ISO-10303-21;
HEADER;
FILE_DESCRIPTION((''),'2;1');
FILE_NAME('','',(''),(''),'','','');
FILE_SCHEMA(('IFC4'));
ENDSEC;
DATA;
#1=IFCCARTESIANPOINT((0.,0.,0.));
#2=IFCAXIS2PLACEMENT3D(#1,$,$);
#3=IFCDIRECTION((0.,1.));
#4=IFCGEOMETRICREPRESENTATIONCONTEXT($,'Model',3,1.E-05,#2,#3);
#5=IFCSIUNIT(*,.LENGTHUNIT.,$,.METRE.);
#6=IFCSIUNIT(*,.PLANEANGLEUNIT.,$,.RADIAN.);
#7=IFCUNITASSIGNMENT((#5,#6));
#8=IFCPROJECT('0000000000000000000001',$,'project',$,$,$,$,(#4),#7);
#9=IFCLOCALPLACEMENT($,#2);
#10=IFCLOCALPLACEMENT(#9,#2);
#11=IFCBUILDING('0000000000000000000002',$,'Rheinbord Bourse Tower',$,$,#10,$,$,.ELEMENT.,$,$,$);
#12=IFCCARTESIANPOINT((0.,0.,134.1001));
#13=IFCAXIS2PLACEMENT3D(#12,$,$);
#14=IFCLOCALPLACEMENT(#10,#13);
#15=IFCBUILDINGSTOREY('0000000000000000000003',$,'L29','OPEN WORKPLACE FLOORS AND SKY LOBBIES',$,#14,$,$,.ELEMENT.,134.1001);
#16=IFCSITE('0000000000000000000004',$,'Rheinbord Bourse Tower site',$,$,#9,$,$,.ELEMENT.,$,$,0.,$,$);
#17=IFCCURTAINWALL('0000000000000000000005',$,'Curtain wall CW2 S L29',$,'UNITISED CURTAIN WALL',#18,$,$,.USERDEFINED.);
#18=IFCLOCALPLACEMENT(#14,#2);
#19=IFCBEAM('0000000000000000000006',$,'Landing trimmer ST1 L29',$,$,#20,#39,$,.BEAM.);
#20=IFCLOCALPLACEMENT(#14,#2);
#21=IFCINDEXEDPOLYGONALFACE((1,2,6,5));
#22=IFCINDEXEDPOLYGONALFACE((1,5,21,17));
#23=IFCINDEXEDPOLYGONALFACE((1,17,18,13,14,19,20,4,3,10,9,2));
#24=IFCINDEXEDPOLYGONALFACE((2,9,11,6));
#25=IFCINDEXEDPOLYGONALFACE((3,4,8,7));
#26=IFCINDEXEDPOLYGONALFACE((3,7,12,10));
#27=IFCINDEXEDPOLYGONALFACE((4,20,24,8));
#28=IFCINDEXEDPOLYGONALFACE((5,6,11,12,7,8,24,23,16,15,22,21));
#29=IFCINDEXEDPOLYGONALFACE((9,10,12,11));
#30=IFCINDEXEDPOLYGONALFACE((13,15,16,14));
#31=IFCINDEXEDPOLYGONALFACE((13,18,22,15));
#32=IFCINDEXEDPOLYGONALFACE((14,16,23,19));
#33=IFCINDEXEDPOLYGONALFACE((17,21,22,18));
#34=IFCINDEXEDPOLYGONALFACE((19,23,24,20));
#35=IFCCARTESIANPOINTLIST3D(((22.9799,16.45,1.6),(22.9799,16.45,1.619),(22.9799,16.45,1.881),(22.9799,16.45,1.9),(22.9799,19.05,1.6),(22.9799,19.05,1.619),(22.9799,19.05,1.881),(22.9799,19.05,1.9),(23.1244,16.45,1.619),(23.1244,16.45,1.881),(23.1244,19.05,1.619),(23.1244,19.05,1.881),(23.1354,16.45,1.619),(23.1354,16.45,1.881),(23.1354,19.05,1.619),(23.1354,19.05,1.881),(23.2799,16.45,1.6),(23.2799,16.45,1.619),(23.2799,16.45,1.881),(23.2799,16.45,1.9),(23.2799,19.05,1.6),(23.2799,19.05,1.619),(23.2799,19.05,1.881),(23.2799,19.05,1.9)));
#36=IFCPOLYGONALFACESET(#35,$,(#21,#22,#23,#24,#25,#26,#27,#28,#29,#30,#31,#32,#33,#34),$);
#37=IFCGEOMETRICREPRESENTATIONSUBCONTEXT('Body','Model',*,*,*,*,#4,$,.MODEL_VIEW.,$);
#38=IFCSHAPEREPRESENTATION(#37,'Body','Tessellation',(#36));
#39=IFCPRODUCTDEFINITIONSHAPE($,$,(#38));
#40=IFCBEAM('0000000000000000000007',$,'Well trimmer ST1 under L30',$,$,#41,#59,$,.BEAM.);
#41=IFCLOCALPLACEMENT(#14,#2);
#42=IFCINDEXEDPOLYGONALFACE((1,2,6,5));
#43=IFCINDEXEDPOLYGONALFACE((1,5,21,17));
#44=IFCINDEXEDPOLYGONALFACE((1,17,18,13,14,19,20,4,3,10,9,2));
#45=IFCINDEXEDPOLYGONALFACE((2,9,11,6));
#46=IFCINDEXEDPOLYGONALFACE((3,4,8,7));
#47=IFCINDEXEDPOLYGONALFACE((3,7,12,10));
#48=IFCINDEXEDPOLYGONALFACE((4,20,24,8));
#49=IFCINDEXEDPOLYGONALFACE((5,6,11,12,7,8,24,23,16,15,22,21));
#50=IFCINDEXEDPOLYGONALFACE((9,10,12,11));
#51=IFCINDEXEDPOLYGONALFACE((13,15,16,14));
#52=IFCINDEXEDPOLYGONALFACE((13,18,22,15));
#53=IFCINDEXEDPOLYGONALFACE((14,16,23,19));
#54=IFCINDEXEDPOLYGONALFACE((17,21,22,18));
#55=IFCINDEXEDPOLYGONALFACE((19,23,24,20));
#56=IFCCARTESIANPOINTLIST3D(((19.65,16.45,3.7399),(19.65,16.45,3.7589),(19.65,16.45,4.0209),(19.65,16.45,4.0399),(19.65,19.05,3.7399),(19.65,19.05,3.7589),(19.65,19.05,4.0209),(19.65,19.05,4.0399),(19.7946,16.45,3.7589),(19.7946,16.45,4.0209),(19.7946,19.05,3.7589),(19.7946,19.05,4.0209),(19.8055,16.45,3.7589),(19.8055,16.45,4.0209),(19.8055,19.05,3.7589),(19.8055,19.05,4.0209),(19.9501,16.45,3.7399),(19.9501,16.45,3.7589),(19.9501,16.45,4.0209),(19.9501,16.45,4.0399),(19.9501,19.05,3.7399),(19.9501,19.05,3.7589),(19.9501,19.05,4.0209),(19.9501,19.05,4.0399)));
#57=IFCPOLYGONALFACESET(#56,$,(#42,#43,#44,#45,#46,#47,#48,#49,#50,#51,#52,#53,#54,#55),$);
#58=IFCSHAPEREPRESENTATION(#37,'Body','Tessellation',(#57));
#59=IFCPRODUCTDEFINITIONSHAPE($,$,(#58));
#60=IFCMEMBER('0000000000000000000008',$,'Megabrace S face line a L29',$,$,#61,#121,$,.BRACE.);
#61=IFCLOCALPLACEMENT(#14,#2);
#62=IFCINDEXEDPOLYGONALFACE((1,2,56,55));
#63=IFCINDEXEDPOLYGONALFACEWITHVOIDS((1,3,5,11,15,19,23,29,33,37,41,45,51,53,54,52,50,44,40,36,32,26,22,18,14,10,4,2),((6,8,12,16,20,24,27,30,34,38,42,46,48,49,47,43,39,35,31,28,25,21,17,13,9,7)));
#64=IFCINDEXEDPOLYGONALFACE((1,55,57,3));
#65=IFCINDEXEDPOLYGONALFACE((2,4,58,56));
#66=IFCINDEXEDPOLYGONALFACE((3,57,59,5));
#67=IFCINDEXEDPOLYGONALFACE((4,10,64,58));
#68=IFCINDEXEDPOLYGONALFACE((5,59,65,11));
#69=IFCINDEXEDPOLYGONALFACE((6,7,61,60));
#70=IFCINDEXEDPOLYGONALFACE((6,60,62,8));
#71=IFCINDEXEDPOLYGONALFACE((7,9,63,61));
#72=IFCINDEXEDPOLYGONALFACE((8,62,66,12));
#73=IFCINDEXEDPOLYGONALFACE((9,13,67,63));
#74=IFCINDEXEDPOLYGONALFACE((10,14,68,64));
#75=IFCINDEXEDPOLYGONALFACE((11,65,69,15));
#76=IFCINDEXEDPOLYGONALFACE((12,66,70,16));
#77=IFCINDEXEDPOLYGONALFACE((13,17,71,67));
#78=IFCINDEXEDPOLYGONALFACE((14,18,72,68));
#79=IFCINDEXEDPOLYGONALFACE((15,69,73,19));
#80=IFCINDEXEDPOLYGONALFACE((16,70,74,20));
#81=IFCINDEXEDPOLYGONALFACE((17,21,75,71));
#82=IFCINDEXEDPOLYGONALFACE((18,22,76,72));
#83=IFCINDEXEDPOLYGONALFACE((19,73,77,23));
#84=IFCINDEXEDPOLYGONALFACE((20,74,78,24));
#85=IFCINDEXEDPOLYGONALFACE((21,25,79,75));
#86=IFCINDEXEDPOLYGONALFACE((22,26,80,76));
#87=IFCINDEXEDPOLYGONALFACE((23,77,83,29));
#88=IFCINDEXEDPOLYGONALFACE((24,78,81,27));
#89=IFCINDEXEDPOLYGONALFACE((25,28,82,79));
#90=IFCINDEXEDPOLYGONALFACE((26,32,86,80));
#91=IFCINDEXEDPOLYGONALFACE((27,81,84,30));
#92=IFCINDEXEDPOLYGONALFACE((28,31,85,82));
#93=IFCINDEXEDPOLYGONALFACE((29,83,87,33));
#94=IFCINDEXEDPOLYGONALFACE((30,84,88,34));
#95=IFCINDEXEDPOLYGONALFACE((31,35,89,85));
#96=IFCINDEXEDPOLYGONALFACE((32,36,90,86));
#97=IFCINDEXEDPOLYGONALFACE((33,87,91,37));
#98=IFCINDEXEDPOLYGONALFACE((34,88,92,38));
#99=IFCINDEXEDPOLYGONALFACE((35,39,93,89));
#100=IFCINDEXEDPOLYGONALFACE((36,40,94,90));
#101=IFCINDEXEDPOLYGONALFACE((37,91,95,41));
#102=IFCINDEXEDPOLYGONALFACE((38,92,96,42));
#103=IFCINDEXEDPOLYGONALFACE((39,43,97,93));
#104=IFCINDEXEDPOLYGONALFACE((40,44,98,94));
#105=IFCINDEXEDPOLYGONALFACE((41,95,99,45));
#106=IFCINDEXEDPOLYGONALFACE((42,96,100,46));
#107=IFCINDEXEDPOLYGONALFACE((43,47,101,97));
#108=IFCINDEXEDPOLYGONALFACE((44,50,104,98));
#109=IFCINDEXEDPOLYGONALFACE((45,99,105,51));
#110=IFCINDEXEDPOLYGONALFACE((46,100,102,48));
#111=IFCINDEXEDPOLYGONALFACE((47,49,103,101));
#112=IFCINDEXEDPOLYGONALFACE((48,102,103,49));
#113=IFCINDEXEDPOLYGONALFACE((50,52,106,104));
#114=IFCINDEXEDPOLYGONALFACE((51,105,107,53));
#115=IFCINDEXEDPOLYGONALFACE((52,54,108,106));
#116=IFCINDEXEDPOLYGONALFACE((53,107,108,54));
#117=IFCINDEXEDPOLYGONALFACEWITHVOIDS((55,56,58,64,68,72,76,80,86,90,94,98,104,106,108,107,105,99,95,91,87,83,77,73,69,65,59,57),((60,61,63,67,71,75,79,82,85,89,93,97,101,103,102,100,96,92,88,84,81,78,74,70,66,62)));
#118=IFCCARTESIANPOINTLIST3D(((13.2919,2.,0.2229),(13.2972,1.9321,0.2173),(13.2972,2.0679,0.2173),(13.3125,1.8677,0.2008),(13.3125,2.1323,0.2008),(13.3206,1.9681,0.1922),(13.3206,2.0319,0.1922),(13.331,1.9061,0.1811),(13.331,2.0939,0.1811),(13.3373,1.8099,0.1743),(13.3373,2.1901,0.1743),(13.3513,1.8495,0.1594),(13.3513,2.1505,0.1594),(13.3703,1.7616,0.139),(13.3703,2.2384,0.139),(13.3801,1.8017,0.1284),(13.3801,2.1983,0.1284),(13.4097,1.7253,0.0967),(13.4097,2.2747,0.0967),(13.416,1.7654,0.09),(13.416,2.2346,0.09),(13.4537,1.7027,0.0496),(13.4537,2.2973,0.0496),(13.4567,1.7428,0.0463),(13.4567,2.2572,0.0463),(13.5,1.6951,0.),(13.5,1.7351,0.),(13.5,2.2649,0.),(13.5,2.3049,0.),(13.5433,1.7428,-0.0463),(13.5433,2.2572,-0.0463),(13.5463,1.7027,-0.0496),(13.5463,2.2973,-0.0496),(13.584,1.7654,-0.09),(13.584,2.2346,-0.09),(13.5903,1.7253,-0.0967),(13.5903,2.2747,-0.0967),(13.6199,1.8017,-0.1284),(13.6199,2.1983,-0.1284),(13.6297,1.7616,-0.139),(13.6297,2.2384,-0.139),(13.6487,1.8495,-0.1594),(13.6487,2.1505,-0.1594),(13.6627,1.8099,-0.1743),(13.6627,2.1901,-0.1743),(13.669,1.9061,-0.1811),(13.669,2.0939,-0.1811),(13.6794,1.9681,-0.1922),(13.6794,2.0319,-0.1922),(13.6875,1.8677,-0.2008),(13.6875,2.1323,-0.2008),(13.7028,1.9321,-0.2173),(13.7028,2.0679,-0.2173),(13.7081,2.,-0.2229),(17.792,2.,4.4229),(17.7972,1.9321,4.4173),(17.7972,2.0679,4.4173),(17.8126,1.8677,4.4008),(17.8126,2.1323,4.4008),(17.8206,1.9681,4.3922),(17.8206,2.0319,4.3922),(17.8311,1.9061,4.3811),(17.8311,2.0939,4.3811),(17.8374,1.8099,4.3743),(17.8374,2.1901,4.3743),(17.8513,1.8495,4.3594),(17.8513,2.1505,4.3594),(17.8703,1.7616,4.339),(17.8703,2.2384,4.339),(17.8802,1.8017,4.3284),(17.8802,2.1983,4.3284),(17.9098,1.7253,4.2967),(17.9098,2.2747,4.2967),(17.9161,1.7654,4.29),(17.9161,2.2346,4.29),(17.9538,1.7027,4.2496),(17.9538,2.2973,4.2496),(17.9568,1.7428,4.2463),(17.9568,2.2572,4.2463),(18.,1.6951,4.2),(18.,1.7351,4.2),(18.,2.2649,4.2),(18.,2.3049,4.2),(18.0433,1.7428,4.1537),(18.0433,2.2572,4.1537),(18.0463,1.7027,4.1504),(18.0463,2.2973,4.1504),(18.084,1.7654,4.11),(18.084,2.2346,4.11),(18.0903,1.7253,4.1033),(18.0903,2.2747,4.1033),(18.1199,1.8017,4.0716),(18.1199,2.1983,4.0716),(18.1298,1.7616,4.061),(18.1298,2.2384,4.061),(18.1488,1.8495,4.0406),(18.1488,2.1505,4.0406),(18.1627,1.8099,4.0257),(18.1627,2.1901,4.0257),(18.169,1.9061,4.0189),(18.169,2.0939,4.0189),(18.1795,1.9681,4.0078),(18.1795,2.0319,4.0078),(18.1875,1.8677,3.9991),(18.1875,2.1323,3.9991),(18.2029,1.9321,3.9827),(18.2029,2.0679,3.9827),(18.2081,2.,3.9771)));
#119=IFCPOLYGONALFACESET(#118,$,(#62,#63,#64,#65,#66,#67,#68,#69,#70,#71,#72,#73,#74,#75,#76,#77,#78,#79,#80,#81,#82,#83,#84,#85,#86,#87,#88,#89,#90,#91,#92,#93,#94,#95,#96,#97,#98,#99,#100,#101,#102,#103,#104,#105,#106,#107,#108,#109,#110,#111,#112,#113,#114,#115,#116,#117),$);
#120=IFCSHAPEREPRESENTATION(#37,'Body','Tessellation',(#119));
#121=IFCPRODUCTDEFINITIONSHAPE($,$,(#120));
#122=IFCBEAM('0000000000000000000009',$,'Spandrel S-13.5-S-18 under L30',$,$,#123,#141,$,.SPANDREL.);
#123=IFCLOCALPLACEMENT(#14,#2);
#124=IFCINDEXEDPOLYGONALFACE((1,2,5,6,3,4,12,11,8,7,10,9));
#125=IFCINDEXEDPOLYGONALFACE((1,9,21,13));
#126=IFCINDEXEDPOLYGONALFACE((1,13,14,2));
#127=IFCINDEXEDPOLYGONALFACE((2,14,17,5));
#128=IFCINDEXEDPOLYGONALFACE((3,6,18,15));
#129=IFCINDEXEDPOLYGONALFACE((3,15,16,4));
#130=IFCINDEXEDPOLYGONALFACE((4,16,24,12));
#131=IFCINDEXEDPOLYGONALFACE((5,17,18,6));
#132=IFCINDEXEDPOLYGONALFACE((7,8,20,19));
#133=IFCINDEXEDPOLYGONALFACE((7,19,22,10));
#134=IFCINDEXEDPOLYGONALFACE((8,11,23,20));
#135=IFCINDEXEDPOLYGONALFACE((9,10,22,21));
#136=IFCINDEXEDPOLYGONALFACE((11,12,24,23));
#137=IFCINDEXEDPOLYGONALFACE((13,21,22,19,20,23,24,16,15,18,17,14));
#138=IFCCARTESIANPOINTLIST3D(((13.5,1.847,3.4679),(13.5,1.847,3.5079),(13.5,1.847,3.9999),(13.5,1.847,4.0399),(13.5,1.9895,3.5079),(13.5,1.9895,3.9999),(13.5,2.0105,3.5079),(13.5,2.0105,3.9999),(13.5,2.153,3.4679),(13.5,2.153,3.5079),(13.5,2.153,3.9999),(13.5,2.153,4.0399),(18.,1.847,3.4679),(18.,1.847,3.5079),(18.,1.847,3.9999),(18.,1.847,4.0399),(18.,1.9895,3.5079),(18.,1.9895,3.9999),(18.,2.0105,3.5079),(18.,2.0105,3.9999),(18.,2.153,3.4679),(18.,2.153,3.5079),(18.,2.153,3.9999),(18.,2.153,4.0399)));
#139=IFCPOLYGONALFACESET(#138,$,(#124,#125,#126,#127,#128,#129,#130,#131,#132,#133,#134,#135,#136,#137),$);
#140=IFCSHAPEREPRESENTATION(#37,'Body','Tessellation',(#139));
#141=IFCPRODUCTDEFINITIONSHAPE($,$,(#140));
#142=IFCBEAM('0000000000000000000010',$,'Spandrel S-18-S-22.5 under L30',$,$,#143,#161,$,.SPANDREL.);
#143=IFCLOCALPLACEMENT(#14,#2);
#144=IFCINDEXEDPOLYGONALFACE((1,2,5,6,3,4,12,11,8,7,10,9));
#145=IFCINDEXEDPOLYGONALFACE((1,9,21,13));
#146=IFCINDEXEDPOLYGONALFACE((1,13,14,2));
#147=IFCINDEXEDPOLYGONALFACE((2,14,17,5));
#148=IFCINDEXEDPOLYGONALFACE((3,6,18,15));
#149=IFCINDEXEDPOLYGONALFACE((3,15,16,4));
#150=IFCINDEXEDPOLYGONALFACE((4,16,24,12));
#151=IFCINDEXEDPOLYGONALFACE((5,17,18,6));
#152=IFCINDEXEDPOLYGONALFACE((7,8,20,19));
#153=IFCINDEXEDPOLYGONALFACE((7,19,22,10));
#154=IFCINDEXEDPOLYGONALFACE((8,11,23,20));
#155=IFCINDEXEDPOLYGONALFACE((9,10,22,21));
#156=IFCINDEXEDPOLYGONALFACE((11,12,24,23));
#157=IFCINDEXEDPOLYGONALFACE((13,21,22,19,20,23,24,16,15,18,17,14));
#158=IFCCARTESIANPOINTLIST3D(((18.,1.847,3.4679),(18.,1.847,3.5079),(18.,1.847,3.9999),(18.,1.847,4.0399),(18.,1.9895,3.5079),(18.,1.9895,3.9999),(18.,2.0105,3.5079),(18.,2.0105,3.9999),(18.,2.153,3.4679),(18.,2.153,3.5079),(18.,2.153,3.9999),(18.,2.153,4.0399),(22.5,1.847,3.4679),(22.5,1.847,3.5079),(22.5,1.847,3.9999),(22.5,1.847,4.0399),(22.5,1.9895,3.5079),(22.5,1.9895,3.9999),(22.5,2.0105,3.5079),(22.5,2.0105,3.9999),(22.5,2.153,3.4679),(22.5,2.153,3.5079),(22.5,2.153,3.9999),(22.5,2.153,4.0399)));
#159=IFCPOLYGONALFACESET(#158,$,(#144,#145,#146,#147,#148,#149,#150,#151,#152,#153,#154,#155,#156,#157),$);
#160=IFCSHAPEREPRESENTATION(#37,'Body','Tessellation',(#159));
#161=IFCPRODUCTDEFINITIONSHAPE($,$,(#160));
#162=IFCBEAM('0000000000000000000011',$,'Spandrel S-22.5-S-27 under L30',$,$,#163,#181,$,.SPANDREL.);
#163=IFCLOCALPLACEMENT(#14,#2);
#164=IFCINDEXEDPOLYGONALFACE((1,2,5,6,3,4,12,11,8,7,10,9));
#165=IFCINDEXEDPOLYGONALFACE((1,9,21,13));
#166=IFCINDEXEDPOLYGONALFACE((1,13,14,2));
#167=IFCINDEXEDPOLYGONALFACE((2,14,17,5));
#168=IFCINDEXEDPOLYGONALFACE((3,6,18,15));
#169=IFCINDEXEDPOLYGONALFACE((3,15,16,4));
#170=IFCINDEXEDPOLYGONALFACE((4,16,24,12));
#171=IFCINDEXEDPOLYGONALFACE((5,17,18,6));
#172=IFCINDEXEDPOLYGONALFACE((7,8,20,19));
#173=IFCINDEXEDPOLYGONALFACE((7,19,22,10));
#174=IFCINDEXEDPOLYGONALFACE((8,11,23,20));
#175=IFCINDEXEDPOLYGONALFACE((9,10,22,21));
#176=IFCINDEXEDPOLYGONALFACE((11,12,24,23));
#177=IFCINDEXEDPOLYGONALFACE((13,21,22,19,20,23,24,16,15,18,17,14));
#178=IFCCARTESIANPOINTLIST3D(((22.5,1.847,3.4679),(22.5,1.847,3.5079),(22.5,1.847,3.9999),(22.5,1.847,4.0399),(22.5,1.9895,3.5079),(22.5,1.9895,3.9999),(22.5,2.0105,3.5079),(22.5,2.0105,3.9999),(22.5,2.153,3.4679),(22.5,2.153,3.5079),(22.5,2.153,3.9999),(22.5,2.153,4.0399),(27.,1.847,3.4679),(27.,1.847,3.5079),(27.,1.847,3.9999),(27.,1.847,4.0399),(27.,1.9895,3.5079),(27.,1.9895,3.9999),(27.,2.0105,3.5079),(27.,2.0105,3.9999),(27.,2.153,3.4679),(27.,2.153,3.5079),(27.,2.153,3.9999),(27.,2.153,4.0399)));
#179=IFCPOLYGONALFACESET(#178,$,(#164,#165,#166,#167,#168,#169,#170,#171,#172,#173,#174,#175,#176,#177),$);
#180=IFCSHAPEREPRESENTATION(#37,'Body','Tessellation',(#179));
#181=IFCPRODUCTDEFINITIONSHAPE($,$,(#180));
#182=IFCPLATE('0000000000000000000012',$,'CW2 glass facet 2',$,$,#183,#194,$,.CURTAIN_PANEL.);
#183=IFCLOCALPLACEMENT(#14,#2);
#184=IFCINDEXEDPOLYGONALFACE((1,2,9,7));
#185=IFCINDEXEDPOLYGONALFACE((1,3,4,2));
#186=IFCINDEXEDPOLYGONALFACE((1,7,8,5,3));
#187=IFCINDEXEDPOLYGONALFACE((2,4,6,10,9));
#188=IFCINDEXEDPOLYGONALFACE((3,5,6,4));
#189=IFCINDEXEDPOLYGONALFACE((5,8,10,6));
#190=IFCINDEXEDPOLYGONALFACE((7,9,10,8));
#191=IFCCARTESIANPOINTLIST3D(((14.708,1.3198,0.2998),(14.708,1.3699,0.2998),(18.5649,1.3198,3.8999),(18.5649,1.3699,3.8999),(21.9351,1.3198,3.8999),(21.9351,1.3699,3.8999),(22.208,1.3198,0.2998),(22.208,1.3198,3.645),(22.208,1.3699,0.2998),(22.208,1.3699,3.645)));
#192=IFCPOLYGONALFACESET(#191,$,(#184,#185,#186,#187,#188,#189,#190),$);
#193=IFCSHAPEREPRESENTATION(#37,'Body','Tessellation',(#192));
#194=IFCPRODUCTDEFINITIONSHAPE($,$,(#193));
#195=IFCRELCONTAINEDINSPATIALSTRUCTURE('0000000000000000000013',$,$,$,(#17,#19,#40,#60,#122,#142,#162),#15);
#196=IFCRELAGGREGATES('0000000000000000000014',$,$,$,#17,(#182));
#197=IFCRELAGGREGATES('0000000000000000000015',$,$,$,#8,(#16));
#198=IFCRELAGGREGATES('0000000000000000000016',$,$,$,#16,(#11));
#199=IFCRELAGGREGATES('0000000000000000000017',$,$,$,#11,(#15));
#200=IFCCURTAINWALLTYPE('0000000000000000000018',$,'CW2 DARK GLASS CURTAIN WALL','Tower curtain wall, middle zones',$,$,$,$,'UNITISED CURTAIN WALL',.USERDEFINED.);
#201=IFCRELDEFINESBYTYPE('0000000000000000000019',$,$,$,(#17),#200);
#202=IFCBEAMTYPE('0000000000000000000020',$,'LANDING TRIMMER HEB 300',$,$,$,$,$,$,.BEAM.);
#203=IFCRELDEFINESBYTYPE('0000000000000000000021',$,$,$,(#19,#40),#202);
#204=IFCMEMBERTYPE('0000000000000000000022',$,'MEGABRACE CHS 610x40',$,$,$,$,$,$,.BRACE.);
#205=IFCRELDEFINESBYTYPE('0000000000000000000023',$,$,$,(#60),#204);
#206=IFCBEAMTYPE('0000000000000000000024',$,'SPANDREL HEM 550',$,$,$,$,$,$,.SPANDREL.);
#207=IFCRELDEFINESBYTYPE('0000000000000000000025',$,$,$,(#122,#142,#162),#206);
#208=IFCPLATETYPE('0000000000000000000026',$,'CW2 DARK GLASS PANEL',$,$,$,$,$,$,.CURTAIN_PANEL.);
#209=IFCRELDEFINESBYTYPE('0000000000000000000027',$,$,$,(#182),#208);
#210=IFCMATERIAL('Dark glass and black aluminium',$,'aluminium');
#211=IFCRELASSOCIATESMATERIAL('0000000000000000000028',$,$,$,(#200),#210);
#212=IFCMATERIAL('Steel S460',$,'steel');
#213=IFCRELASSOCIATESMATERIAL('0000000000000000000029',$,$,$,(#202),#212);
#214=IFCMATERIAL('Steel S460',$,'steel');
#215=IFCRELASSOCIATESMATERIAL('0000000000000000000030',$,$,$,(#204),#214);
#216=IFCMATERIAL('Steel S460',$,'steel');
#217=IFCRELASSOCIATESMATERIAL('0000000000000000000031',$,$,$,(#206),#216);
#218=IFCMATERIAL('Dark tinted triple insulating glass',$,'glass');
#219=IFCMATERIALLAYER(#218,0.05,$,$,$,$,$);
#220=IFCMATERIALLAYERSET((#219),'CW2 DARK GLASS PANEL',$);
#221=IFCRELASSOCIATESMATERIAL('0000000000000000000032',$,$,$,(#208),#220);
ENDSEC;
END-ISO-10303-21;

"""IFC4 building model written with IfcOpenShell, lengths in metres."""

from ifc_helpers import new_model, si_unit, direction, frame, origin, origin_2d, place, context, subcontext, project, spatial, polyline, hollow_circle, i_section, outline, extrude, material, layer, layer_set, material_profile, profile_set, type_object, element, aggregate, save


model = new_model("IFC4")

# Units and contexts
model_context = context("Model", 3, precision=1e-05, world=origin(), true_north=direction((0.0, 1.0)))
body_context = subcontext(model_context, "Body", "Model", "MODEL_VIEW")
ifc_project = project(units=[si_unit("LENGTHUNIT", "METRE"), si_unit("PLANEANGLEUNIT", "RADIAN")], contexts=[model_context])

# Site, building, storey
site_placement = place(None, origin())
site = spatial("IfcSite", under=ifc_project, at=site_placement, Name="Rheinbord Bourse Tower site", CompositionType="ELEMENT", RefElevation=0.0)
building_placement = place(site_placement, origin())
building = spatial("IfcBuilding", under=site, at=building_placement, Name="Rheinbord Bourse Tower", CompositionType="ELEMENT")
storey_placement = place(building_placement, frame((0.0, 0.0, 134.1001)))
storey = spatial("IfcBuildingStorey", under=building, at=storey_placement, Name="L29", Description="OPEN WORKPLACE FLOORS AND SKY LOBBIES", CompositionType="ELEMENT", Elevation=134.1001)

# Curtain wall
ifc_material_1 = material(Name="Dark glass and black aluminium", Category="aluminium")
curtain_wall_type = type_object("IfcCurtainWallType", Name="CW2 DARK GLASS CURTAIN WALL", Description="Tower curtain wall, middle zones", ElementType="UNITISED CURTAIN WALL", PredefinedType="USERDEFINED", material=ifc_material_1)
curtain_wall_placement = place(storey_placement, origin())
curtain_wall = element("IfcCurtainWall", 1, at=curtain_wall_placement, inside=storey, type_object=curtain_wall_type, Name="Curtain wall CW2 S L29", ObjectType="UNITISED CURTAIN WALL", PredefinedType="USERDEFINED")

# Beams
ifc_material_2 = material(Name="Steel S460", Category="steel")
ifc_material_profile_1 = material_profile(ifc_material_2, i_section(OverallWidth=0.3, OverallDepth=0.3, WebThickness=0.011, FlangeThickness=0.019, at=origin_2d()), Name="HEB 300")
ifc_profile_set_1 = profile_set([ifc_material_profile_1], Name="Steel S460")
beam_type_1 = type_object("IfcBeamType", Name="LANDING TRIMMER HEB 300", PredefinedType="BEAM", material=ifc_profile_set_1)
for number, where, z_axis, x_axis, name in (
    (2, (23.1299, 16.45, 1.75), (0.0, 1.0, 0.0), (-1.0, 0.0, 0.0), "Landing trimmer ST1 L29"),
    (3, (19.8, 16.45, 3.8899), (0.0, 1.0, 0.0), (-1.0, 0.0, 0.0), "Well trimmer ST1 under L30"),
):
    element("IfcBeam", number, at=place(storey_placement, frame(where, z_axis=z_axis, x_axis=x_axis)), inside=storey, type_object=beam_type_1, Name=name, PredefinedType="BEAM", context=body_context, shape_type="SweptSolid", body=[
        extrude(i_section(OverallWidth=0.3, OverallDepth=0.3, WebThickness=0.011, FlangeThickness=0.019, at=origin_2d()), origin(), (0.0, 0.0, 1.0), 2.6001),
    ])

# Member
ifc_material_3 = material(Name="Steel S460", Category="steel")
ifc_material_profile_2 = material_profile(ifc_material_3, hollow_circle(Radius=0.3049, WallThickness=0.04, at=origin_2d()), Name="CHS 610x40")
ifc_profile_set_2 = profile_set([ifc_material_profile_2], Name="Steel S460")
member_type_1 = type_object("IfcMemberType", Name="MEGABRACE CHS 610x40", PredefinedType="BRACE", material=ifc_profile_set_2)
member_1_placement = place(storey_placement, frame((13.5, 2.0, 0.0), z_axis=(0.731059, 0.0, 0.682314), x_axis=(0.0, 1.0, 0.0)))
element("IfcMember", 4, at=member_1_placement, inside=storey, type_object=member_type_1, Name="Megabrace S face line a L29", PredefinedType="BRACE", context=body_context, shape_type="SweptSolid", body=[
    extrude(hollow_circle(Radius=0.3049, WallThickness=0.04, at=origin_2d()), origin(), (0.0, 0.0, 1.0), 6.1555),
])

# Beams
ifc_material_4 = material(Name="Steel S460", Category="steel")
ifc_material_profile_3 = material_profile(ifc_material_4, i_section(OverallWidth=0.3059, OverallDepth=0.572, WebThickness=0.021, FlangeThickness=0.04, at=origin_2d()), Name="HEM 550")
ifc_profile_set_3 = profile_set([ifc_material_profile_3], Name="Steel S460")
beam_type_2 = type_object("IfcBeamType", Name="SPANDREL HEM 550", PredefinedType="SPANDREL", material=ifc_profile_set_3)
for number, where, z_axis, x_axis, name in (
    (5, (13.5, 2.0, 3.7539), (1.0, 0.0, 0.0), (0.0, 1.0, 0.0), "Spandrel S-13.5-S-18 under L30"),
    (6, (18.0, 2.0, 3.7539), (1.0, 0.0, 0.0), (0.0, 1.0, 0.0), "Spandrel S-18-S-22.5 under L30"),
    (7, (22.5, 2.0, 3.7539), (1.0, 0.0, 0.0), (0.0, 1.0, 0.0), "Spandrel S-22.5-S-27 under L30"),
):
    element("IfcBeam", number, at=place(storey_placement, frame(where, z_axis=z_axis, x_axis=x_axis)), inside=storey, type_object=beam_type_2, Name=name, PredefinedType="SPANDREL", context=body_context, shape_type="SweptSolid", body=[
        extrude(i_section(OverallWidth=0.3059, OverallDepth=0.572, WebThickness=0.021, FlangeThickness=0.04, at=origin_2d()), origin(), (0.0, 0.0, 1.0), 4.5),
    ])

# Plate
ifc_material_5 = material(Name="Dark tinted triple insulating glass", Category="glass")
ifc_layer_1 = layer(ifc_material_5, 0.05)
ifc_layer_set_1 = layer_set([ifc_layer_1], Name="CW2 DARK GLASS PANEL")
plate_type = type_object("IfcPlateType", Name="CW2 DARK GLASS PANEL", PredefinedType="CURTAIN_PANEL", material=ifc_layer_set_1)
plate_1_placement = place(storey_placement, frame((22.208, 1.3198, 0.2998), z_axis=(0.0, 1.0, 0.0), x_axis=(-1.0, 0.0, 0.0)))
plate_1 = element("IfcPlate", 8, at=plate_1_placement, type_object=plate_type, Name="CW2 glass facet 2", PredefinedType="CURTAIN_PANEL", context=body_context, shape_type="SweptSolid", body=[
    extrude(outline(polyline([(0.0, 0.0), (7.5, 0.0), (3.6431, 3.6001), (0.2729, 3.6001), (0.0, 3.3452), (0.0, 0.0)])), origin(), (0.0, 0.0, 1.0), 0.05),
])
aggregate(curtain_wall, [plate_1])

save(model, "model.ifc")
